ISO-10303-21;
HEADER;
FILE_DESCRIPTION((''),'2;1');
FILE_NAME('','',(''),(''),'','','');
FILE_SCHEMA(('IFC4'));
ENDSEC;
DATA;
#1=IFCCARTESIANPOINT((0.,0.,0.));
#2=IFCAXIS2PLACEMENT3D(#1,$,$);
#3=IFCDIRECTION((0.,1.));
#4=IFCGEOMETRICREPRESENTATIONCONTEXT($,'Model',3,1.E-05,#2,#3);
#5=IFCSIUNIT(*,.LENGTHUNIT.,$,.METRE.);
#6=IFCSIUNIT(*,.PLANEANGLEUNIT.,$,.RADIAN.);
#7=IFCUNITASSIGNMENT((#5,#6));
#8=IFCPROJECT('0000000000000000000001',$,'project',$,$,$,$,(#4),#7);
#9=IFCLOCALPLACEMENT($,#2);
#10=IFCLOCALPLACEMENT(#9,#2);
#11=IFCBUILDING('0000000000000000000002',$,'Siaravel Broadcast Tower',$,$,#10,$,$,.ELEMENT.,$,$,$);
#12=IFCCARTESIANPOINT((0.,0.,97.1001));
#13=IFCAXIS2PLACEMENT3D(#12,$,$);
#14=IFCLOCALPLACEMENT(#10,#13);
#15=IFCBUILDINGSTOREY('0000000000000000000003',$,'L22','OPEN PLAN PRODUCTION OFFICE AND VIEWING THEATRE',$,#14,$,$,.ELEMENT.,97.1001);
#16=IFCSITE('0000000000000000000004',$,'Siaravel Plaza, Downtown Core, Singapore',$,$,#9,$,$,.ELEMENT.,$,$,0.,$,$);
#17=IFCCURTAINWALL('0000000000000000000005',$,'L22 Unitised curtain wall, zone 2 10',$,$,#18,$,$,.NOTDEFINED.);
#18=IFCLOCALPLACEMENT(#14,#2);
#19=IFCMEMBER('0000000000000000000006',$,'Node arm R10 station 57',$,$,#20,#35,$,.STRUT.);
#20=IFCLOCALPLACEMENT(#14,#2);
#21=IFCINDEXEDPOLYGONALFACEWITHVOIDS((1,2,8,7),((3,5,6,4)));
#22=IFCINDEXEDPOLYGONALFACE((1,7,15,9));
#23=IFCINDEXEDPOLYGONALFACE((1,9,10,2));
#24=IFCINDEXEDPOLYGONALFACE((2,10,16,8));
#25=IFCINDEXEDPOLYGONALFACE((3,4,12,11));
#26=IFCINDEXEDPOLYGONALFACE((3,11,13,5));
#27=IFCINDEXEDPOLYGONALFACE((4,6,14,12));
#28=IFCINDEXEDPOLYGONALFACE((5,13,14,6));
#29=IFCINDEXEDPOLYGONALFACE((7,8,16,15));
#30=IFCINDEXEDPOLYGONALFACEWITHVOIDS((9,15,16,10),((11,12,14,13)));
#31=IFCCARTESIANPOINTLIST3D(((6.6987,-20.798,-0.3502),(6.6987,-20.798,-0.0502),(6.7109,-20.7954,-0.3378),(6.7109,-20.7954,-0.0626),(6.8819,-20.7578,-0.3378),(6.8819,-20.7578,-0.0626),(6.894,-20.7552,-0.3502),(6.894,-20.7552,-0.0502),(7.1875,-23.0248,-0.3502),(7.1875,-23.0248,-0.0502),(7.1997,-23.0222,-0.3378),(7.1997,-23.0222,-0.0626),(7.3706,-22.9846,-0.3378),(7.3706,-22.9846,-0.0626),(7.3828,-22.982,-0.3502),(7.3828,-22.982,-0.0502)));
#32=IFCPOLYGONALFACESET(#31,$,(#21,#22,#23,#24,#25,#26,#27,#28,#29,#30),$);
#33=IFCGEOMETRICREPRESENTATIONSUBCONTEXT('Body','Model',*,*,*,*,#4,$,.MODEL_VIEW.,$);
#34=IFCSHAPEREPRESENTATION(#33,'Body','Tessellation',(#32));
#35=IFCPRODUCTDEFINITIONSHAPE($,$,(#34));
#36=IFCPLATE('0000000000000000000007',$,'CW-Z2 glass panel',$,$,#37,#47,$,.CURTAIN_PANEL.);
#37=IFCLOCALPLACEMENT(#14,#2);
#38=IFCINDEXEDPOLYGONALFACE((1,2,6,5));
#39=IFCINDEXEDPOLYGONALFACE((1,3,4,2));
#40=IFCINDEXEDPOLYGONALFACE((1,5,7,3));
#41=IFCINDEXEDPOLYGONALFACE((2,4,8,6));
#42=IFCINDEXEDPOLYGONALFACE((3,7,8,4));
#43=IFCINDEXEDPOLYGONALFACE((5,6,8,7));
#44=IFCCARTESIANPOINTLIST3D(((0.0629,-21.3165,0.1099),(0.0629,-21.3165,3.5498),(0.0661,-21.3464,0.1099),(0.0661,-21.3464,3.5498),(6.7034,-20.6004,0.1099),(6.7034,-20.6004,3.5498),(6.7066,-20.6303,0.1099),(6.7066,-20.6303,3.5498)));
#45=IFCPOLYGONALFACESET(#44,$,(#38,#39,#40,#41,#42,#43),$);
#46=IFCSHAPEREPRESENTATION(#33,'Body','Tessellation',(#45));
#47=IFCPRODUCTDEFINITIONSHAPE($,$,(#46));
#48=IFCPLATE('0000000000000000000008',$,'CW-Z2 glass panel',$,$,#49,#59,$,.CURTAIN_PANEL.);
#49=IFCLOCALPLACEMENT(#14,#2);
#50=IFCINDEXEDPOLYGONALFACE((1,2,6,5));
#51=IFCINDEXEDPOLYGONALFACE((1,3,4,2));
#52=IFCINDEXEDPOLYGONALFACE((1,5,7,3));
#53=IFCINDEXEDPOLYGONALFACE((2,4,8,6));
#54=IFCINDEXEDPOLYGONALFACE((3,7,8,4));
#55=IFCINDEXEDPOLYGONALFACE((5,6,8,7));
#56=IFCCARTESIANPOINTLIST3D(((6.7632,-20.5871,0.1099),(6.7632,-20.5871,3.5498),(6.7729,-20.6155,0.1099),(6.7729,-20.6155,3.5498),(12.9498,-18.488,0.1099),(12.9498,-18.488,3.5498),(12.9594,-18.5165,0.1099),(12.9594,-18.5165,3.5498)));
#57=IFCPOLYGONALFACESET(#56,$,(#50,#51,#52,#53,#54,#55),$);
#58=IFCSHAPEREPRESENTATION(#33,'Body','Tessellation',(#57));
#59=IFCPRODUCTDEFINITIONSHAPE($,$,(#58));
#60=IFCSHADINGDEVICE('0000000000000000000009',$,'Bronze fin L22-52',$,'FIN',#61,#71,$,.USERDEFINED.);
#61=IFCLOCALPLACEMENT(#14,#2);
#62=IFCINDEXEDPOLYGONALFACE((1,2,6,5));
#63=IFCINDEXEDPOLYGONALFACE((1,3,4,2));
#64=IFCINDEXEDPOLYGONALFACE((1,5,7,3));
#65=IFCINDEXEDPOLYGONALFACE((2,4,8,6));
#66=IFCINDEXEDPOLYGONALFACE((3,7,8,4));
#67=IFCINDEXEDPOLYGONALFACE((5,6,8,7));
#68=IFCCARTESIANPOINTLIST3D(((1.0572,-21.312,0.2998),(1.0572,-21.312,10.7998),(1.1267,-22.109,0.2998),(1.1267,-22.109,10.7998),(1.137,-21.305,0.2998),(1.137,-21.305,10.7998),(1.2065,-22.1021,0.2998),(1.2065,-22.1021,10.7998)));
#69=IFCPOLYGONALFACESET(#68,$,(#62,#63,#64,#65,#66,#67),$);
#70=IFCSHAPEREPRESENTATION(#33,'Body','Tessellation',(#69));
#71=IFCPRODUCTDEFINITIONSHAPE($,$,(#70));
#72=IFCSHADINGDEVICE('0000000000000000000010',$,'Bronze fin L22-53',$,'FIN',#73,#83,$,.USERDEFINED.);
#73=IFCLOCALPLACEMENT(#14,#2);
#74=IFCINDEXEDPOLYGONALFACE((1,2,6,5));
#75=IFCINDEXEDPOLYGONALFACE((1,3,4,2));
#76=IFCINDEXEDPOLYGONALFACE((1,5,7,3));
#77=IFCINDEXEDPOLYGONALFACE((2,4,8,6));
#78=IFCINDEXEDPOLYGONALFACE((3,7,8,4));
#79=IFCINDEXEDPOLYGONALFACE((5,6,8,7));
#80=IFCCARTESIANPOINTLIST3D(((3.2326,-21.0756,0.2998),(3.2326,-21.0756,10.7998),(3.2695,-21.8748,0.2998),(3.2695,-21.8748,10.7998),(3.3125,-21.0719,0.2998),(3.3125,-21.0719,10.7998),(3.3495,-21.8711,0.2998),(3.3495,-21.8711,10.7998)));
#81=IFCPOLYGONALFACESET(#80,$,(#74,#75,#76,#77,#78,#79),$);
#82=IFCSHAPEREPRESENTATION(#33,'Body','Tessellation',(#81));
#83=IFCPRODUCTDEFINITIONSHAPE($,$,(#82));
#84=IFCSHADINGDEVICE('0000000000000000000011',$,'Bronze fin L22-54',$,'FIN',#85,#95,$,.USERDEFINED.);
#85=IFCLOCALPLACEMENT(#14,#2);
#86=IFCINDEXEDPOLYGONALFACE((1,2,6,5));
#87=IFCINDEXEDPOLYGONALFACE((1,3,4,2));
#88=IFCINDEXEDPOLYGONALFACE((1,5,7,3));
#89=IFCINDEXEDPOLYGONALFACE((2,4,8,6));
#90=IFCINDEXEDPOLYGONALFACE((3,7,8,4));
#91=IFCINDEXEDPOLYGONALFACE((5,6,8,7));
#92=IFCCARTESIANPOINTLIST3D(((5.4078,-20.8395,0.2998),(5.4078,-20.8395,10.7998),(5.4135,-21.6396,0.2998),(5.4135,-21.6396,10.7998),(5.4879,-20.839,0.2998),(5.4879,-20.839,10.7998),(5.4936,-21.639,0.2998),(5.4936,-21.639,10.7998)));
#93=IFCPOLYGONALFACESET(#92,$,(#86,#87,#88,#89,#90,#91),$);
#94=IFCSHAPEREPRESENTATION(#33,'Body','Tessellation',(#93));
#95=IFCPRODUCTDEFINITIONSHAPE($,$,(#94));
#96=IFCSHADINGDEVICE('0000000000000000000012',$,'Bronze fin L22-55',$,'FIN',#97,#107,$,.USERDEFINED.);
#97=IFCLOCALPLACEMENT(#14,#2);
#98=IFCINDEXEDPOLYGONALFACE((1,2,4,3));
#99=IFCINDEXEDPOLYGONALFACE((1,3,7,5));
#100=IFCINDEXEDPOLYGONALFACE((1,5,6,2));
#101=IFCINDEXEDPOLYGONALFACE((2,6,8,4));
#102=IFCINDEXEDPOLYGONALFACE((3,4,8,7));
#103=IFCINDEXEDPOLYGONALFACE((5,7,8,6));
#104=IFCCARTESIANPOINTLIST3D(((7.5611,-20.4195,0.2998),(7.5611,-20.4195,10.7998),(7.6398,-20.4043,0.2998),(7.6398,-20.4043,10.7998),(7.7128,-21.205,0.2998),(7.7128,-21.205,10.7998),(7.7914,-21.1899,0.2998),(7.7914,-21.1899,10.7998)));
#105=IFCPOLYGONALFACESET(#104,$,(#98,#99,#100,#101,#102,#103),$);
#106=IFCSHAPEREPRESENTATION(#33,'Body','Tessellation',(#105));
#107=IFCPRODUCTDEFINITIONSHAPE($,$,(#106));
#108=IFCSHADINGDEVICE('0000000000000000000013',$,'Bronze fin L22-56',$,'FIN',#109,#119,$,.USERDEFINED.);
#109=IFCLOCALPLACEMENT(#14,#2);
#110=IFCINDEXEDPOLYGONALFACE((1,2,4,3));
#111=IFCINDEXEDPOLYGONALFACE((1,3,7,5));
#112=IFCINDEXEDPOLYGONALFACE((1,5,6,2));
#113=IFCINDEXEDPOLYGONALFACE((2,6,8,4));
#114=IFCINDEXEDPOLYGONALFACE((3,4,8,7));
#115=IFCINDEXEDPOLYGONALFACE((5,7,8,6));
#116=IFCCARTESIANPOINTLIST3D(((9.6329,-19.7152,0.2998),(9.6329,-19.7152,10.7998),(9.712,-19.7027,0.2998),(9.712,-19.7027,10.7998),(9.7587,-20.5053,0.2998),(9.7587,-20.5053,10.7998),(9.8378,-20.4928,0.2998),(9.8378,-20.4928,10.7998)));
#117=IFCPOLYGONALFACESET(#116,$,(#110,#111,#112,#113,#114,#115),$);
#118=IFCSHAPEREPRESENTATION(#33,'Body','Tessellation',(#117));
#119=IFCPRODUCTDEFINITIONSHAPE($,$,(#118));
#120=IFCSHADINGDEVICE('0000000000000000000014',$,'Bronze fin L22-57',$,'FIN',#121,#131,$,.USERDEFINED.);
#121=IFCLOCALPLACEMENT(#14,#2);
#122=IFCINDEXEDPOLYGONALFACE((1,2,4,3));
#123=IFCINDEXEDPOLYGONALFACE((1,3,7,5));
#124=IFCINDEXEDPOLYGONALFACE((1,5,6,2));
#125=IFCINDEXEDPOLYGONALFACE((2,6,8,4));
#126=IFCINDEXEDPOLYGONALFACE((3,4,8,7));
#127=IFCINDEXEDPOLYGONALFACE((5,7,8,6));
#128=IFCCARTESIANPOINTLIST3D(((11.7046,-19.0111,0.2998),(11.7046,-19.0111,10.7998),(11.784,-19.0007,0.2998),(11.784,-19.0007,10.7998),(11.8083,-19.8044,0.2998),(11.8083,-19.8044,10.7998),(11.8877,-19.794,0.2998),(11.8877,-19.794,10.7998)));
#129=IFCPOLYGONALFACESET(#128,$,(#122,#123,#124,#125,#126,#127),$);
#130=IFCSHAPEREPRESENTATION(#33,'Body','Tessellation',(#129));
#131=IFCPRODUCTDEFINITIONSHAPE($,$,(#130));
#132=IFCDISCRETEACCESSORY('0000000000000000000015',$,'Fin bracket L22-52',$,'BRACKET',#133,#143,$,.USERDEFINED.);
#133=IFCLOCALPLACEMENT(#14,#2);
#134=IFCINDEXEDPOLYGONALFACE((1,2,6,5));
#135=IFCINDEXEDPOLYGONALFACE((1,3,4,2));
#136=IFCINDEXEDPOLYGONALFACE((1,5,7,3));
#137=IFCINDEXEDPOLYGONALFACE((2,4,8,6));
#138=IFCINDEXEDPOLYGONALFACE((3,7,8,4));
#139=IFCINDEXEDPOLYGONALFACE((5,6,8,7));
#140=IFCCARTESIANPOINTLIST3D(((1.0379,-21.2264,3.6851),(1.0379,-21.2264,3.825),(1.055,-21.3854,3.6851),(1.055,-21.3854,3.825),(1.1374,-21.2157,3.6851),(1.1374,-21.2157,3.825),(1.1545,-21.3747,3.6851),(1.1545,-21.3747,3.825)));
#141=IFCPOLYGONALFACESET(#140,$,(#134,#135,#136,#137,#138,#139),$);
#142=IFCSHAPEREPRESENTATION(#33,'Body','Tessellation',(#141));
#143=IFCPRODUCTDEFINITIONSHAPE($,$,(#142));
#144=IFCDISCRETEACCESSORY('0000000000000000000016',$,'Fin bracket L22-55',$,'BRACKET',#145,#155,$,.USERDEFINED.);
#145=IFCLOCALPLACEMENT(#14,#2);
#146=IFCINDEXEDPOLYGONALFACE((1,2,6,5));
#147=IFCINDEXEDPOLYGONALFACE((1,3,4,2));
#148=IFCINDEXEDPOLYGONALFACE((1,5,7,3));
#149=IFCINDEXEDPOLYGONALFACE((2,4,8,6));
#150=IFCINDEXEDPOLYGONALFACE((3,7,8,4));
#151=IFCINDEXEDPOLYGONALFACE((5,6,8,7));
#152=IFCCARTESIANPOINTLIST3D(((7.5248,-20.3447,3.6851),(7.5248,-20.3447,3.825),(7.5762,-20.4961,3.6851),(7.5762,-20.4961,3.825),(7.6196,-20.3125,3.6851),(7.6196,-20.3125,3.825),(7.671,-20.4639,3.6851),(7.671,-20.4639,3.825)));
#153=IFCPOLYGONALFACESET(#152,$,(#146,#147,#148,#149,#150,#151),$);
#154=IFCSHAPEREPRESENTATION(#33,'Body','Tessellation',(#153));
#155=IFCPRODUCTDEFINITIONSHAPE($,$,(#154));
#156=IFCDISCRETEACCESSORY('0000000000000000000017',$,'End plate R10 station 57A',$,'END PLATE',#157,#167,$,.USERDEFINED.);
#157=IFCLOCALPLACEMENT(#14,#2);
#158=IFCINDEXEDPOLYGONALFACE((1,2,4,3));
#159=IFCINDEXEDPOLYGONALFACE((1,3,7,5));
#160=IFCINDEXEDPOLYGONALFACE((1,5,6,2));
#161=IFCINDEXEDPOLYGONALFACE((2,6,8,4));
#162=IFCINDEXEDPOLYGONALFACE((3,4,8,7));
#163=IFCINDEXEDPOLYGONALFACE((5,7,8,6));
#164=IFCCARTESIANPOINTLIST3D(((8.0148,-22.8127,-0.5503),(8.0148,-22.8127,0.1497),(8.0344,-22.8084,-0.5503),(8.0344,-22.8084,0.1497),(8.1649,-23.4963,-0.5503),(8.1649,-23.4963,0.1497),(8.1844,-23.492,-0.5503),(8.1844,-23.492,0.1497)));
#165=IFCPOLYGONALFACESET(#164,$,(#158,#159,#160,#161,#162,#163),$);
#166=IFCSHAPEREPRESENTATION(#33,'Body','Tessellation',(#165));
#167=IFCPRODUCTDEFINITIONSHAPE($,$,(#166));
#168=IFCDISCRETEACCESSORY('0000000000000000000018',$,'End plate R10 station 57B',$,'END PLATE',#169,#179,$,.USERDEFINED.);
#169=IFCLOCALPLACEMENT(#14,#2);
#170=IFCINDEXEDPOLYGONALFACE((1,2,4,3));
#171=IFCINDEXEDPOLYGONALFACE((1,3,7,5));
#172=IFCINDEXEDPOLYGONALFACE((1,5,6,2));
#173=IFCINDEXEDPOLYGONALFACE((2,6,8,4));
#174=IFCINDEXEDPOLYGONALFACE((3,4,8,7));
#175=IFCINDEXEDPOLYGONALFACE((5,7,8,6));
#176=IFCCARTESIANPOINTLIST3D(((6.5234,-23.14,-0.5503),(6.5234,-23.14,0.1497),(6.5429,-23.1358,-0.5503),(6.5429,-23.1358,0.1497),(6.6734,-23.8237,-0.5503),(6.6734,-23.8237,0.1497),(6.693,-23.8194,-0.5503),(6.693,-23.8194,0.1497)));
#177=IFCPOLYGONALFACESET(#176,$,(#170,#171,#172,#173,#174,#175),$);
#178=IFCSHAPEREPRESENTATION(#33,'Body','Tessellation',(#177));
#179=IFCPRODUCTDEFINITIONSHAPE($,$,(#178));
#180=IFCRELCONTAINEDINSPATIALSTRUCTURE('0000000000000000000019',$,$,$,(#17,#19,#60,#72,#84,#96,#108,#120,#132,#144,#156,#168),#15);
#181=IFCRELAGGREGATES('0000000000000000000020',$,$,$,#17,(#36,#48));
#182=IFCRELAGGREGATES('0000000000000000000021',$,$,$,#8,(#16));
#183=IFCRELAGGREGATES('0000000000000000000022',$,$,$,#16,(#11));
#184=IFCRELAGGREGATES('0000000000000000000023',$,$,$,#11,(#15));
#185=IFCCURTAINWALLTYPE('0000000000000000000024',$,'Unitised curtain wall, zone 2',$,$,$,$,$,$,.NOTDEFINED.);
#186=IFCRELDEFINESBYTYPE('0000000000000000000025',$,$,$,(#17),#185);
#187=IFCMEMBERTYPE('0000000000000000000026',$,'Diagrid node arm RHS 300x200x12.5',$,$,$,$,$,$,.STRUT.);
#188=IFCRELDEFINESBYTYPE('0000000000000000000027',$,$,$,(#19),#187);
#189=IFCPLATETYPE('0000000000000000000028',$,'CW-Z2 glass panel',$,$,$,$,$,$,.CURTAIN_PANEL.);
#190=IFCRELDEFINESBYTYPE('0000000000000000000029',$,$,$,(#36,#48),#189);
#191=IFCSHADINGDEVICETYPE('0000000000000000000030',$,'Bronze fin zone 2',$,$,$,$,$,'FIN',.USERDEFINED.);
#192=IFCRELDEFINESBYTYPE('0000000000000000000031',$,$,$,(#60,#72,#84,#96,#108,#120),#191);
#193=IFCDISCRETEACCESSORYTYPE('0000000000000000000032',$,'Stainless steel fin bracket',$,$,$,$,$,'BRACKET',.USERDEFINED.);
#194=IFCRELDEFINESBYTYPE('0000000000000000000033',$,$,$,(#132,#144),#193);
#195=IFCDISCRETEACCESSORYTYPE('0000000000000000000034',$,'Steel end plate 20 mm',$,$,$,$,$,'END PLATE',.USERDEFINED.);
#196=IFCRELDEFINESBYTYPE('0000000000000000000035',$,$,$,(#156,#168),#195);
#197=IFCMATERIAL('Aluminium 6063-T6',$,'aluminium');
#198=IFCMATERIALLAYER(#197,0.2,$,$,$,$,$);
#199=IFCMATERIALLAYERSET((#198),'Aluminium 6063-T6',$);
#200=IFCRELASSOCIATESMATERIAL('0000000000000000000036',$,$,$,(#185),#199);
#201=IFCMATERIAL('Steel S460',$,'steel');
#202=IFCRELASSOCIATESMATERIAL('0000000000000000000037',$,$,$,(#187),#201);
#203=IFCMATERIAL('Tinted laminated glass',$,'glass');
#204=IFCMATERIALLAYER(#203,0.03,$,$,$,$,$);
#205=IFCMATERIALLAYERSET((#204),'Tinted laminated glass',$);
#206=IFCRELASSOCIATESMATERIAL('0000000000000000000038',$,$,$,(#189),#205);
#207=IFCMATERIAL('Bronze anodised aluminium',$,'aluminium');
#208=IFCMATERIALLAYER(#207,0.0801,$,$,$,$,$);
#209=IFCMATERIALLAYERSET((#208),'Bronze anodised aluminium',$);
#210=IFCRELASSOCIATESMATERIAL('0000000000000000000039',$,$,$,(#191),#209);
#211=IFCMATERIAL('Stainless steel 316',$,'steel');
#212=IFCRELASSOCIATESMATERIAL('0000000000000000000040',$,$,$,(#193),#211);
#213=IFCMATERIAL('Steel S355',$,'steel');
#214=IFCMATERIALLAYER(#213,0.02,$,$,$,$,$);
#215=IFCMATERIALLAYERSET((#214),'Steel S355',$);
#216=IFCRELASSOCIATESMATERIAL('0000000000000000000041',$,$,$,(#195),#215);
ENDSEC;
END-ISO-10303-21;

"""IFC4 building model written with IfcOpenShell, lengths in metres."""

from ifc_helpers import new_model, si_unit, direction, frame, origin, origin_2d, place, context, subcontext, project, spatial, rectangle, hollow_rectangle, extrude, material, layer, layer_set, material_profile, profile_set, type_object, element, aggregate, save


model = new_model("IFC4")

# Units and contexts
model_context = context("Model", 3, precision=1e-05, world=origin(), true_north=direction((0.0, 1.0)))
body_context = subcontext(model_context, "Body", "Model", "MODEL_VIEW")
ifc_project = project(units=[si_unit("LENGTHUNIT", "METRE"), si_unit("PLANEANGLEUNIT", "RADIAN")], contexts=[model_context])

# Site, building, storey
site_placement = place(None, origin())
site = spatial("IfcSite", under=ifc_project, at=site_placement, Name="Siaravel Plaza, Downtown Core, Singapore", CompositionType="ELEMENT", RefElevation=0.0)
building_placement = place(site_placement, origin())
building = spatial("IfcBuilding", under=site, at=building_placement, Name="Siaravel Broadcast Tower", CompositionType="ELEMENT")
storey_placement = place(building_placement, frame((0.0, 0.0, 97.1001)))
storey = spatial("IfcBuildingStorey", under=building, at=storey_placement, Name="L22", Description="OPEN PLAN PRODUCTION OFFICE AND VIEWING THEATRE", CompositionType="ELEMENT", Elevation=97.1001)

# Shared definitions
ifc_material_1 = material(Name="Steel S355", Category="steel")

# Curtain wall
ifc_material_2 = material(Name="Aluminium 6063-T6", Category="aluminium")
ifc_layer_1 = layer(ifc_material_2, 0.2)
ifc_layer_set_1 = layer_set([ifc_layer_1], Name="Aluminium 6063-T6")
curtain_wall_type = type_object("IfcCurtainWallType", Name="Unitised curtain wall, zone 2", PredefinedType="NOTDEFINED", material=ifc_layer_set_1)
curtain_wall_placement = place(storey_placement, origin())
curtain_wall = element("IfcCurtainWall", 1, at=curtain_wall_placement, inside=storey, type_object=curtain_wall_type, Name="L22 Unitised curtain wall, zone 2 10", PredefinedType="NOTDEFINED")

# Member
ifc_material_3 = material(Name="Steel S460", Category="steel")
ifc_material_profile_1 = material_profile(ifc_material_3, hollow_rectangle(XDim=0.2, YDim=0.3, WallThickness=0.0125, at=origin_2d()))
ifc_profile_set_1 = profile_set([ifc_material_profile_1], Name="Steel S460")
member_type_1 = type_object("IfcMemberType", Name="Diagrid node arm RHS 300x200x12.5", PredefinedType="STRUT", material=ifc_profile_set_1)
member_1_placement = place(storey_placement, frame((6.7964, -20.7766, -0.2002), z_axis=(0.21439, -0.976748, 0.0), x_axis=(0.976748, 0.21439, 0.0)))
element("IfcMember", 2, at=member_1_placement, inside=storey, type_object=member_type_1, Name="Node arm R10 station 57", PredefinedType="STRUT", context=body_context, shape_type="SweptSolid", body=[
    extrude(hollow_rectangle(XDim=0.2, YDim=0.3, WallThickness=0.0125, at=origin_2d()), origin(), (0.0, 0.0, 1.0), 2.2798),
])

# Plates
ifc_material_4 = material(Name="Tinted laminated glass", Category="glass")
ifc_layer_2 = layer(ifc_material_4, 0.03)
ifc_layer_set_2 = layer_set([ifc_layer_2], Name="Tinted laminated glass")
plate_type = type_object("IfcPlateType", Name="CW-Z2 glass panel", PredefinedType="CURTAIN_PANEL", material=ifc_layer_set_2)
plate_1_placement = place(storey_placement, frame((3.3848, -20.9734, 0.1099), z_axis=(0.0, 0.0, 1.0), x_axis=(0.994236, 0.107217, 0.0)))
plate_1 = element("IfcPlate", 3, at=plate_1_placement, type_object=plate_type, Name="CW-Z2 glass panel", PredefinedType="CURTAIN_PANEL", context=body_context, shape_type="SweptSolid", body=[
    extrude(rectangle(XDim=6.679, YDim=0.03, at=origin_2d()), origin(), (0.0, 0.0, 1.0), 3.4399),
])
plate_2_placement = place(storey_placement, frame((9.8613, -19.5518, 0.1099), z_axis=(0.0, 0.0, 1.0), x_axis=(0.946977, 0.3213, 0.0)))
plate_2 = element("IfcPlate", 4, at=plate_2_placement, type_object=plate_type, Name="CW-Z2 glass panel", PredefinedType="CURTAIN_PANEL", context=body_context, shape_type="SweptSolid", body=[
    extrude(rectangle(XDim=6.533, YDim=0.03, at=origin_2d()), origin(), (0.0, 0.0, 1.0), 3.4399),
])
aggregate(curtain_wall, [plate_1, plate_2])

# Shading devices
ifc_material_5 = material(Name="Bronze anodised aluminium", Category="aluminium")
ifc_layer_3 = layer(ifc_material_5, 0.0801)
ifc_layer_set_3 = layer_set([ifc_layer_3], Name="Bronze anodised aluminium")
shading_device_type = type_object("IfcShadingDeviceType", Name="Bronze fin zone 2", ElementType="FIN", PredefinedType="USERDEFINED", material=ifc_layer_set_3)
for number, where, z_axis, x_axis, name in (
    (5, (1.1318, -21.707, 0.2998), (0.0, 0.0, 1.0), (0.086834, -0.996223, 0.0), "Bronze fin L22-52"),
    (6, (3.291, -21.4734, 0.2998), (0.0, 0.0, 1.0), (0.046162, -0.998934, 0.0), "Bronze fin L22-53"),
    (7, (5.4507, -21.2393, 0.2998), (0.0, 0.0, 1.0), (0.00714, -0.999975, 0.0), "Bronze fin L22-54"),
    (8, (7.6763, -20.8047, 0.2998), (0.0, 0.0, 1.0), (0.189543, -0.981872, 0.0), "Bronze fin L22-55"),
    (9, (9.7354, -20.104, 0.2998), (0.0, 0.0, 1.0), (0.157167, -0.987572, 0.0), "Bronze fin L22-56"),
    (10, (11.7961, -19.4026, 0.2998), (0.0, 0.0, 1.0), (0.129597, -0.991567, 0.0), "Bronze fin L22-57"),
):
    element("IfcShadingDevice", number, at=place(storey_placement, frame(where, z_axis=z_axis, x_axis=x_axis)), inside=storey, type_object=shading_device_type, Name=name, ObjectType="FIN", PredefinedType="USERDEFINED", context=body_context, shape_type="SweptSolid", body=[
        extrude(rectangle(XDim=0.8, YDim=0.0801, at=origin_2d()), origin(), (0.0, 0.0, 1.0), 10.5),
    ])

# Discrete accessories
ifc_material_6 = material(Name="Stainless steel 316", Category="steel")
discrete_accessory_type_1 = type_object("IfcDiscreteAccessoryType", Name="Stainless steel fin bracket", ElementType="BRACKET", PredefinedType="USERDEFINED", material=ifc_material_6)
for number, where, z_axis, x_axis, name in (
    (11, (1.0962, -21.3005, 3.6851), (0.0, 0.0, 1.0), (0.107217, -0.994236, 0.0), "Fin bracket L22-52"),
    (12, (7.5979, -20.4043, 3.6851), (0.0, 0.0, 1.0), (0.321301, -0.946977, 0.0), "Fin bracket L22-55"),
):
    element("IfcDiscreteAccessory", number, at=place(storey_placement, frame(where, z_axis=z_axis, x_axis=x_axis)), inside=storey, type_object=discrete_accessory_type_1, Name=name, ObjectType="BRACKET", PredefinedType="USERDEFINED", context=body_context, shape_type="SweptSolid", body=[
        extrude(rectangle(XDim=0.1599, YDim=0.1001, at=origin_2d()), origin(), (0.0, 0.0, 1.0), 0.1399),
    ])
ifc_layer_4 = layer(ifc_material_1, 0.02)
ifc_layer_set_4 = layer_set([ifc_layer_4], Name="Steel S355")
discrete_accessory_type_2 = type_object("IfcDiscreteAccessoryType", Name="Steel end plate 20 mm", ElementType="END PLATE", PredefinedType="USERDEFINED", material=ifc_layer_set_4)
for number, where, z_axis, x_axis, name in (
    (13, (8.0996, -23.1523, -0.5503), (0.0, 0.0, 1.0), (0.976751, 0.214377, 0.0), "End plate R10 station 57A"),
    (14, (6.6082, -23.4797, -0.5503), (0.0, 0.0, 1.0), (0.976751, 0.214377, 0.0), "End plate R10 station 57B"),
):
    element("IfcDiscreteAccessory", number, at=place(storey_placement, frame(where, z_axis=z_axis, x_axis=x_axis)), inside=storey, type_object=discrete_accessory_type_2, Name=name, ObjectType="END PLATE", PredefinedType="USERDEFINED", context=body_context, shape_type="SweptSolid", body=[
        extrude(rectangle(XDim=0.02, YDim=0.7, at=origin_2d()), origin(), (0.0, 0.0, 1.0), 0.7),
    ])

save(model, "model.ifc")
